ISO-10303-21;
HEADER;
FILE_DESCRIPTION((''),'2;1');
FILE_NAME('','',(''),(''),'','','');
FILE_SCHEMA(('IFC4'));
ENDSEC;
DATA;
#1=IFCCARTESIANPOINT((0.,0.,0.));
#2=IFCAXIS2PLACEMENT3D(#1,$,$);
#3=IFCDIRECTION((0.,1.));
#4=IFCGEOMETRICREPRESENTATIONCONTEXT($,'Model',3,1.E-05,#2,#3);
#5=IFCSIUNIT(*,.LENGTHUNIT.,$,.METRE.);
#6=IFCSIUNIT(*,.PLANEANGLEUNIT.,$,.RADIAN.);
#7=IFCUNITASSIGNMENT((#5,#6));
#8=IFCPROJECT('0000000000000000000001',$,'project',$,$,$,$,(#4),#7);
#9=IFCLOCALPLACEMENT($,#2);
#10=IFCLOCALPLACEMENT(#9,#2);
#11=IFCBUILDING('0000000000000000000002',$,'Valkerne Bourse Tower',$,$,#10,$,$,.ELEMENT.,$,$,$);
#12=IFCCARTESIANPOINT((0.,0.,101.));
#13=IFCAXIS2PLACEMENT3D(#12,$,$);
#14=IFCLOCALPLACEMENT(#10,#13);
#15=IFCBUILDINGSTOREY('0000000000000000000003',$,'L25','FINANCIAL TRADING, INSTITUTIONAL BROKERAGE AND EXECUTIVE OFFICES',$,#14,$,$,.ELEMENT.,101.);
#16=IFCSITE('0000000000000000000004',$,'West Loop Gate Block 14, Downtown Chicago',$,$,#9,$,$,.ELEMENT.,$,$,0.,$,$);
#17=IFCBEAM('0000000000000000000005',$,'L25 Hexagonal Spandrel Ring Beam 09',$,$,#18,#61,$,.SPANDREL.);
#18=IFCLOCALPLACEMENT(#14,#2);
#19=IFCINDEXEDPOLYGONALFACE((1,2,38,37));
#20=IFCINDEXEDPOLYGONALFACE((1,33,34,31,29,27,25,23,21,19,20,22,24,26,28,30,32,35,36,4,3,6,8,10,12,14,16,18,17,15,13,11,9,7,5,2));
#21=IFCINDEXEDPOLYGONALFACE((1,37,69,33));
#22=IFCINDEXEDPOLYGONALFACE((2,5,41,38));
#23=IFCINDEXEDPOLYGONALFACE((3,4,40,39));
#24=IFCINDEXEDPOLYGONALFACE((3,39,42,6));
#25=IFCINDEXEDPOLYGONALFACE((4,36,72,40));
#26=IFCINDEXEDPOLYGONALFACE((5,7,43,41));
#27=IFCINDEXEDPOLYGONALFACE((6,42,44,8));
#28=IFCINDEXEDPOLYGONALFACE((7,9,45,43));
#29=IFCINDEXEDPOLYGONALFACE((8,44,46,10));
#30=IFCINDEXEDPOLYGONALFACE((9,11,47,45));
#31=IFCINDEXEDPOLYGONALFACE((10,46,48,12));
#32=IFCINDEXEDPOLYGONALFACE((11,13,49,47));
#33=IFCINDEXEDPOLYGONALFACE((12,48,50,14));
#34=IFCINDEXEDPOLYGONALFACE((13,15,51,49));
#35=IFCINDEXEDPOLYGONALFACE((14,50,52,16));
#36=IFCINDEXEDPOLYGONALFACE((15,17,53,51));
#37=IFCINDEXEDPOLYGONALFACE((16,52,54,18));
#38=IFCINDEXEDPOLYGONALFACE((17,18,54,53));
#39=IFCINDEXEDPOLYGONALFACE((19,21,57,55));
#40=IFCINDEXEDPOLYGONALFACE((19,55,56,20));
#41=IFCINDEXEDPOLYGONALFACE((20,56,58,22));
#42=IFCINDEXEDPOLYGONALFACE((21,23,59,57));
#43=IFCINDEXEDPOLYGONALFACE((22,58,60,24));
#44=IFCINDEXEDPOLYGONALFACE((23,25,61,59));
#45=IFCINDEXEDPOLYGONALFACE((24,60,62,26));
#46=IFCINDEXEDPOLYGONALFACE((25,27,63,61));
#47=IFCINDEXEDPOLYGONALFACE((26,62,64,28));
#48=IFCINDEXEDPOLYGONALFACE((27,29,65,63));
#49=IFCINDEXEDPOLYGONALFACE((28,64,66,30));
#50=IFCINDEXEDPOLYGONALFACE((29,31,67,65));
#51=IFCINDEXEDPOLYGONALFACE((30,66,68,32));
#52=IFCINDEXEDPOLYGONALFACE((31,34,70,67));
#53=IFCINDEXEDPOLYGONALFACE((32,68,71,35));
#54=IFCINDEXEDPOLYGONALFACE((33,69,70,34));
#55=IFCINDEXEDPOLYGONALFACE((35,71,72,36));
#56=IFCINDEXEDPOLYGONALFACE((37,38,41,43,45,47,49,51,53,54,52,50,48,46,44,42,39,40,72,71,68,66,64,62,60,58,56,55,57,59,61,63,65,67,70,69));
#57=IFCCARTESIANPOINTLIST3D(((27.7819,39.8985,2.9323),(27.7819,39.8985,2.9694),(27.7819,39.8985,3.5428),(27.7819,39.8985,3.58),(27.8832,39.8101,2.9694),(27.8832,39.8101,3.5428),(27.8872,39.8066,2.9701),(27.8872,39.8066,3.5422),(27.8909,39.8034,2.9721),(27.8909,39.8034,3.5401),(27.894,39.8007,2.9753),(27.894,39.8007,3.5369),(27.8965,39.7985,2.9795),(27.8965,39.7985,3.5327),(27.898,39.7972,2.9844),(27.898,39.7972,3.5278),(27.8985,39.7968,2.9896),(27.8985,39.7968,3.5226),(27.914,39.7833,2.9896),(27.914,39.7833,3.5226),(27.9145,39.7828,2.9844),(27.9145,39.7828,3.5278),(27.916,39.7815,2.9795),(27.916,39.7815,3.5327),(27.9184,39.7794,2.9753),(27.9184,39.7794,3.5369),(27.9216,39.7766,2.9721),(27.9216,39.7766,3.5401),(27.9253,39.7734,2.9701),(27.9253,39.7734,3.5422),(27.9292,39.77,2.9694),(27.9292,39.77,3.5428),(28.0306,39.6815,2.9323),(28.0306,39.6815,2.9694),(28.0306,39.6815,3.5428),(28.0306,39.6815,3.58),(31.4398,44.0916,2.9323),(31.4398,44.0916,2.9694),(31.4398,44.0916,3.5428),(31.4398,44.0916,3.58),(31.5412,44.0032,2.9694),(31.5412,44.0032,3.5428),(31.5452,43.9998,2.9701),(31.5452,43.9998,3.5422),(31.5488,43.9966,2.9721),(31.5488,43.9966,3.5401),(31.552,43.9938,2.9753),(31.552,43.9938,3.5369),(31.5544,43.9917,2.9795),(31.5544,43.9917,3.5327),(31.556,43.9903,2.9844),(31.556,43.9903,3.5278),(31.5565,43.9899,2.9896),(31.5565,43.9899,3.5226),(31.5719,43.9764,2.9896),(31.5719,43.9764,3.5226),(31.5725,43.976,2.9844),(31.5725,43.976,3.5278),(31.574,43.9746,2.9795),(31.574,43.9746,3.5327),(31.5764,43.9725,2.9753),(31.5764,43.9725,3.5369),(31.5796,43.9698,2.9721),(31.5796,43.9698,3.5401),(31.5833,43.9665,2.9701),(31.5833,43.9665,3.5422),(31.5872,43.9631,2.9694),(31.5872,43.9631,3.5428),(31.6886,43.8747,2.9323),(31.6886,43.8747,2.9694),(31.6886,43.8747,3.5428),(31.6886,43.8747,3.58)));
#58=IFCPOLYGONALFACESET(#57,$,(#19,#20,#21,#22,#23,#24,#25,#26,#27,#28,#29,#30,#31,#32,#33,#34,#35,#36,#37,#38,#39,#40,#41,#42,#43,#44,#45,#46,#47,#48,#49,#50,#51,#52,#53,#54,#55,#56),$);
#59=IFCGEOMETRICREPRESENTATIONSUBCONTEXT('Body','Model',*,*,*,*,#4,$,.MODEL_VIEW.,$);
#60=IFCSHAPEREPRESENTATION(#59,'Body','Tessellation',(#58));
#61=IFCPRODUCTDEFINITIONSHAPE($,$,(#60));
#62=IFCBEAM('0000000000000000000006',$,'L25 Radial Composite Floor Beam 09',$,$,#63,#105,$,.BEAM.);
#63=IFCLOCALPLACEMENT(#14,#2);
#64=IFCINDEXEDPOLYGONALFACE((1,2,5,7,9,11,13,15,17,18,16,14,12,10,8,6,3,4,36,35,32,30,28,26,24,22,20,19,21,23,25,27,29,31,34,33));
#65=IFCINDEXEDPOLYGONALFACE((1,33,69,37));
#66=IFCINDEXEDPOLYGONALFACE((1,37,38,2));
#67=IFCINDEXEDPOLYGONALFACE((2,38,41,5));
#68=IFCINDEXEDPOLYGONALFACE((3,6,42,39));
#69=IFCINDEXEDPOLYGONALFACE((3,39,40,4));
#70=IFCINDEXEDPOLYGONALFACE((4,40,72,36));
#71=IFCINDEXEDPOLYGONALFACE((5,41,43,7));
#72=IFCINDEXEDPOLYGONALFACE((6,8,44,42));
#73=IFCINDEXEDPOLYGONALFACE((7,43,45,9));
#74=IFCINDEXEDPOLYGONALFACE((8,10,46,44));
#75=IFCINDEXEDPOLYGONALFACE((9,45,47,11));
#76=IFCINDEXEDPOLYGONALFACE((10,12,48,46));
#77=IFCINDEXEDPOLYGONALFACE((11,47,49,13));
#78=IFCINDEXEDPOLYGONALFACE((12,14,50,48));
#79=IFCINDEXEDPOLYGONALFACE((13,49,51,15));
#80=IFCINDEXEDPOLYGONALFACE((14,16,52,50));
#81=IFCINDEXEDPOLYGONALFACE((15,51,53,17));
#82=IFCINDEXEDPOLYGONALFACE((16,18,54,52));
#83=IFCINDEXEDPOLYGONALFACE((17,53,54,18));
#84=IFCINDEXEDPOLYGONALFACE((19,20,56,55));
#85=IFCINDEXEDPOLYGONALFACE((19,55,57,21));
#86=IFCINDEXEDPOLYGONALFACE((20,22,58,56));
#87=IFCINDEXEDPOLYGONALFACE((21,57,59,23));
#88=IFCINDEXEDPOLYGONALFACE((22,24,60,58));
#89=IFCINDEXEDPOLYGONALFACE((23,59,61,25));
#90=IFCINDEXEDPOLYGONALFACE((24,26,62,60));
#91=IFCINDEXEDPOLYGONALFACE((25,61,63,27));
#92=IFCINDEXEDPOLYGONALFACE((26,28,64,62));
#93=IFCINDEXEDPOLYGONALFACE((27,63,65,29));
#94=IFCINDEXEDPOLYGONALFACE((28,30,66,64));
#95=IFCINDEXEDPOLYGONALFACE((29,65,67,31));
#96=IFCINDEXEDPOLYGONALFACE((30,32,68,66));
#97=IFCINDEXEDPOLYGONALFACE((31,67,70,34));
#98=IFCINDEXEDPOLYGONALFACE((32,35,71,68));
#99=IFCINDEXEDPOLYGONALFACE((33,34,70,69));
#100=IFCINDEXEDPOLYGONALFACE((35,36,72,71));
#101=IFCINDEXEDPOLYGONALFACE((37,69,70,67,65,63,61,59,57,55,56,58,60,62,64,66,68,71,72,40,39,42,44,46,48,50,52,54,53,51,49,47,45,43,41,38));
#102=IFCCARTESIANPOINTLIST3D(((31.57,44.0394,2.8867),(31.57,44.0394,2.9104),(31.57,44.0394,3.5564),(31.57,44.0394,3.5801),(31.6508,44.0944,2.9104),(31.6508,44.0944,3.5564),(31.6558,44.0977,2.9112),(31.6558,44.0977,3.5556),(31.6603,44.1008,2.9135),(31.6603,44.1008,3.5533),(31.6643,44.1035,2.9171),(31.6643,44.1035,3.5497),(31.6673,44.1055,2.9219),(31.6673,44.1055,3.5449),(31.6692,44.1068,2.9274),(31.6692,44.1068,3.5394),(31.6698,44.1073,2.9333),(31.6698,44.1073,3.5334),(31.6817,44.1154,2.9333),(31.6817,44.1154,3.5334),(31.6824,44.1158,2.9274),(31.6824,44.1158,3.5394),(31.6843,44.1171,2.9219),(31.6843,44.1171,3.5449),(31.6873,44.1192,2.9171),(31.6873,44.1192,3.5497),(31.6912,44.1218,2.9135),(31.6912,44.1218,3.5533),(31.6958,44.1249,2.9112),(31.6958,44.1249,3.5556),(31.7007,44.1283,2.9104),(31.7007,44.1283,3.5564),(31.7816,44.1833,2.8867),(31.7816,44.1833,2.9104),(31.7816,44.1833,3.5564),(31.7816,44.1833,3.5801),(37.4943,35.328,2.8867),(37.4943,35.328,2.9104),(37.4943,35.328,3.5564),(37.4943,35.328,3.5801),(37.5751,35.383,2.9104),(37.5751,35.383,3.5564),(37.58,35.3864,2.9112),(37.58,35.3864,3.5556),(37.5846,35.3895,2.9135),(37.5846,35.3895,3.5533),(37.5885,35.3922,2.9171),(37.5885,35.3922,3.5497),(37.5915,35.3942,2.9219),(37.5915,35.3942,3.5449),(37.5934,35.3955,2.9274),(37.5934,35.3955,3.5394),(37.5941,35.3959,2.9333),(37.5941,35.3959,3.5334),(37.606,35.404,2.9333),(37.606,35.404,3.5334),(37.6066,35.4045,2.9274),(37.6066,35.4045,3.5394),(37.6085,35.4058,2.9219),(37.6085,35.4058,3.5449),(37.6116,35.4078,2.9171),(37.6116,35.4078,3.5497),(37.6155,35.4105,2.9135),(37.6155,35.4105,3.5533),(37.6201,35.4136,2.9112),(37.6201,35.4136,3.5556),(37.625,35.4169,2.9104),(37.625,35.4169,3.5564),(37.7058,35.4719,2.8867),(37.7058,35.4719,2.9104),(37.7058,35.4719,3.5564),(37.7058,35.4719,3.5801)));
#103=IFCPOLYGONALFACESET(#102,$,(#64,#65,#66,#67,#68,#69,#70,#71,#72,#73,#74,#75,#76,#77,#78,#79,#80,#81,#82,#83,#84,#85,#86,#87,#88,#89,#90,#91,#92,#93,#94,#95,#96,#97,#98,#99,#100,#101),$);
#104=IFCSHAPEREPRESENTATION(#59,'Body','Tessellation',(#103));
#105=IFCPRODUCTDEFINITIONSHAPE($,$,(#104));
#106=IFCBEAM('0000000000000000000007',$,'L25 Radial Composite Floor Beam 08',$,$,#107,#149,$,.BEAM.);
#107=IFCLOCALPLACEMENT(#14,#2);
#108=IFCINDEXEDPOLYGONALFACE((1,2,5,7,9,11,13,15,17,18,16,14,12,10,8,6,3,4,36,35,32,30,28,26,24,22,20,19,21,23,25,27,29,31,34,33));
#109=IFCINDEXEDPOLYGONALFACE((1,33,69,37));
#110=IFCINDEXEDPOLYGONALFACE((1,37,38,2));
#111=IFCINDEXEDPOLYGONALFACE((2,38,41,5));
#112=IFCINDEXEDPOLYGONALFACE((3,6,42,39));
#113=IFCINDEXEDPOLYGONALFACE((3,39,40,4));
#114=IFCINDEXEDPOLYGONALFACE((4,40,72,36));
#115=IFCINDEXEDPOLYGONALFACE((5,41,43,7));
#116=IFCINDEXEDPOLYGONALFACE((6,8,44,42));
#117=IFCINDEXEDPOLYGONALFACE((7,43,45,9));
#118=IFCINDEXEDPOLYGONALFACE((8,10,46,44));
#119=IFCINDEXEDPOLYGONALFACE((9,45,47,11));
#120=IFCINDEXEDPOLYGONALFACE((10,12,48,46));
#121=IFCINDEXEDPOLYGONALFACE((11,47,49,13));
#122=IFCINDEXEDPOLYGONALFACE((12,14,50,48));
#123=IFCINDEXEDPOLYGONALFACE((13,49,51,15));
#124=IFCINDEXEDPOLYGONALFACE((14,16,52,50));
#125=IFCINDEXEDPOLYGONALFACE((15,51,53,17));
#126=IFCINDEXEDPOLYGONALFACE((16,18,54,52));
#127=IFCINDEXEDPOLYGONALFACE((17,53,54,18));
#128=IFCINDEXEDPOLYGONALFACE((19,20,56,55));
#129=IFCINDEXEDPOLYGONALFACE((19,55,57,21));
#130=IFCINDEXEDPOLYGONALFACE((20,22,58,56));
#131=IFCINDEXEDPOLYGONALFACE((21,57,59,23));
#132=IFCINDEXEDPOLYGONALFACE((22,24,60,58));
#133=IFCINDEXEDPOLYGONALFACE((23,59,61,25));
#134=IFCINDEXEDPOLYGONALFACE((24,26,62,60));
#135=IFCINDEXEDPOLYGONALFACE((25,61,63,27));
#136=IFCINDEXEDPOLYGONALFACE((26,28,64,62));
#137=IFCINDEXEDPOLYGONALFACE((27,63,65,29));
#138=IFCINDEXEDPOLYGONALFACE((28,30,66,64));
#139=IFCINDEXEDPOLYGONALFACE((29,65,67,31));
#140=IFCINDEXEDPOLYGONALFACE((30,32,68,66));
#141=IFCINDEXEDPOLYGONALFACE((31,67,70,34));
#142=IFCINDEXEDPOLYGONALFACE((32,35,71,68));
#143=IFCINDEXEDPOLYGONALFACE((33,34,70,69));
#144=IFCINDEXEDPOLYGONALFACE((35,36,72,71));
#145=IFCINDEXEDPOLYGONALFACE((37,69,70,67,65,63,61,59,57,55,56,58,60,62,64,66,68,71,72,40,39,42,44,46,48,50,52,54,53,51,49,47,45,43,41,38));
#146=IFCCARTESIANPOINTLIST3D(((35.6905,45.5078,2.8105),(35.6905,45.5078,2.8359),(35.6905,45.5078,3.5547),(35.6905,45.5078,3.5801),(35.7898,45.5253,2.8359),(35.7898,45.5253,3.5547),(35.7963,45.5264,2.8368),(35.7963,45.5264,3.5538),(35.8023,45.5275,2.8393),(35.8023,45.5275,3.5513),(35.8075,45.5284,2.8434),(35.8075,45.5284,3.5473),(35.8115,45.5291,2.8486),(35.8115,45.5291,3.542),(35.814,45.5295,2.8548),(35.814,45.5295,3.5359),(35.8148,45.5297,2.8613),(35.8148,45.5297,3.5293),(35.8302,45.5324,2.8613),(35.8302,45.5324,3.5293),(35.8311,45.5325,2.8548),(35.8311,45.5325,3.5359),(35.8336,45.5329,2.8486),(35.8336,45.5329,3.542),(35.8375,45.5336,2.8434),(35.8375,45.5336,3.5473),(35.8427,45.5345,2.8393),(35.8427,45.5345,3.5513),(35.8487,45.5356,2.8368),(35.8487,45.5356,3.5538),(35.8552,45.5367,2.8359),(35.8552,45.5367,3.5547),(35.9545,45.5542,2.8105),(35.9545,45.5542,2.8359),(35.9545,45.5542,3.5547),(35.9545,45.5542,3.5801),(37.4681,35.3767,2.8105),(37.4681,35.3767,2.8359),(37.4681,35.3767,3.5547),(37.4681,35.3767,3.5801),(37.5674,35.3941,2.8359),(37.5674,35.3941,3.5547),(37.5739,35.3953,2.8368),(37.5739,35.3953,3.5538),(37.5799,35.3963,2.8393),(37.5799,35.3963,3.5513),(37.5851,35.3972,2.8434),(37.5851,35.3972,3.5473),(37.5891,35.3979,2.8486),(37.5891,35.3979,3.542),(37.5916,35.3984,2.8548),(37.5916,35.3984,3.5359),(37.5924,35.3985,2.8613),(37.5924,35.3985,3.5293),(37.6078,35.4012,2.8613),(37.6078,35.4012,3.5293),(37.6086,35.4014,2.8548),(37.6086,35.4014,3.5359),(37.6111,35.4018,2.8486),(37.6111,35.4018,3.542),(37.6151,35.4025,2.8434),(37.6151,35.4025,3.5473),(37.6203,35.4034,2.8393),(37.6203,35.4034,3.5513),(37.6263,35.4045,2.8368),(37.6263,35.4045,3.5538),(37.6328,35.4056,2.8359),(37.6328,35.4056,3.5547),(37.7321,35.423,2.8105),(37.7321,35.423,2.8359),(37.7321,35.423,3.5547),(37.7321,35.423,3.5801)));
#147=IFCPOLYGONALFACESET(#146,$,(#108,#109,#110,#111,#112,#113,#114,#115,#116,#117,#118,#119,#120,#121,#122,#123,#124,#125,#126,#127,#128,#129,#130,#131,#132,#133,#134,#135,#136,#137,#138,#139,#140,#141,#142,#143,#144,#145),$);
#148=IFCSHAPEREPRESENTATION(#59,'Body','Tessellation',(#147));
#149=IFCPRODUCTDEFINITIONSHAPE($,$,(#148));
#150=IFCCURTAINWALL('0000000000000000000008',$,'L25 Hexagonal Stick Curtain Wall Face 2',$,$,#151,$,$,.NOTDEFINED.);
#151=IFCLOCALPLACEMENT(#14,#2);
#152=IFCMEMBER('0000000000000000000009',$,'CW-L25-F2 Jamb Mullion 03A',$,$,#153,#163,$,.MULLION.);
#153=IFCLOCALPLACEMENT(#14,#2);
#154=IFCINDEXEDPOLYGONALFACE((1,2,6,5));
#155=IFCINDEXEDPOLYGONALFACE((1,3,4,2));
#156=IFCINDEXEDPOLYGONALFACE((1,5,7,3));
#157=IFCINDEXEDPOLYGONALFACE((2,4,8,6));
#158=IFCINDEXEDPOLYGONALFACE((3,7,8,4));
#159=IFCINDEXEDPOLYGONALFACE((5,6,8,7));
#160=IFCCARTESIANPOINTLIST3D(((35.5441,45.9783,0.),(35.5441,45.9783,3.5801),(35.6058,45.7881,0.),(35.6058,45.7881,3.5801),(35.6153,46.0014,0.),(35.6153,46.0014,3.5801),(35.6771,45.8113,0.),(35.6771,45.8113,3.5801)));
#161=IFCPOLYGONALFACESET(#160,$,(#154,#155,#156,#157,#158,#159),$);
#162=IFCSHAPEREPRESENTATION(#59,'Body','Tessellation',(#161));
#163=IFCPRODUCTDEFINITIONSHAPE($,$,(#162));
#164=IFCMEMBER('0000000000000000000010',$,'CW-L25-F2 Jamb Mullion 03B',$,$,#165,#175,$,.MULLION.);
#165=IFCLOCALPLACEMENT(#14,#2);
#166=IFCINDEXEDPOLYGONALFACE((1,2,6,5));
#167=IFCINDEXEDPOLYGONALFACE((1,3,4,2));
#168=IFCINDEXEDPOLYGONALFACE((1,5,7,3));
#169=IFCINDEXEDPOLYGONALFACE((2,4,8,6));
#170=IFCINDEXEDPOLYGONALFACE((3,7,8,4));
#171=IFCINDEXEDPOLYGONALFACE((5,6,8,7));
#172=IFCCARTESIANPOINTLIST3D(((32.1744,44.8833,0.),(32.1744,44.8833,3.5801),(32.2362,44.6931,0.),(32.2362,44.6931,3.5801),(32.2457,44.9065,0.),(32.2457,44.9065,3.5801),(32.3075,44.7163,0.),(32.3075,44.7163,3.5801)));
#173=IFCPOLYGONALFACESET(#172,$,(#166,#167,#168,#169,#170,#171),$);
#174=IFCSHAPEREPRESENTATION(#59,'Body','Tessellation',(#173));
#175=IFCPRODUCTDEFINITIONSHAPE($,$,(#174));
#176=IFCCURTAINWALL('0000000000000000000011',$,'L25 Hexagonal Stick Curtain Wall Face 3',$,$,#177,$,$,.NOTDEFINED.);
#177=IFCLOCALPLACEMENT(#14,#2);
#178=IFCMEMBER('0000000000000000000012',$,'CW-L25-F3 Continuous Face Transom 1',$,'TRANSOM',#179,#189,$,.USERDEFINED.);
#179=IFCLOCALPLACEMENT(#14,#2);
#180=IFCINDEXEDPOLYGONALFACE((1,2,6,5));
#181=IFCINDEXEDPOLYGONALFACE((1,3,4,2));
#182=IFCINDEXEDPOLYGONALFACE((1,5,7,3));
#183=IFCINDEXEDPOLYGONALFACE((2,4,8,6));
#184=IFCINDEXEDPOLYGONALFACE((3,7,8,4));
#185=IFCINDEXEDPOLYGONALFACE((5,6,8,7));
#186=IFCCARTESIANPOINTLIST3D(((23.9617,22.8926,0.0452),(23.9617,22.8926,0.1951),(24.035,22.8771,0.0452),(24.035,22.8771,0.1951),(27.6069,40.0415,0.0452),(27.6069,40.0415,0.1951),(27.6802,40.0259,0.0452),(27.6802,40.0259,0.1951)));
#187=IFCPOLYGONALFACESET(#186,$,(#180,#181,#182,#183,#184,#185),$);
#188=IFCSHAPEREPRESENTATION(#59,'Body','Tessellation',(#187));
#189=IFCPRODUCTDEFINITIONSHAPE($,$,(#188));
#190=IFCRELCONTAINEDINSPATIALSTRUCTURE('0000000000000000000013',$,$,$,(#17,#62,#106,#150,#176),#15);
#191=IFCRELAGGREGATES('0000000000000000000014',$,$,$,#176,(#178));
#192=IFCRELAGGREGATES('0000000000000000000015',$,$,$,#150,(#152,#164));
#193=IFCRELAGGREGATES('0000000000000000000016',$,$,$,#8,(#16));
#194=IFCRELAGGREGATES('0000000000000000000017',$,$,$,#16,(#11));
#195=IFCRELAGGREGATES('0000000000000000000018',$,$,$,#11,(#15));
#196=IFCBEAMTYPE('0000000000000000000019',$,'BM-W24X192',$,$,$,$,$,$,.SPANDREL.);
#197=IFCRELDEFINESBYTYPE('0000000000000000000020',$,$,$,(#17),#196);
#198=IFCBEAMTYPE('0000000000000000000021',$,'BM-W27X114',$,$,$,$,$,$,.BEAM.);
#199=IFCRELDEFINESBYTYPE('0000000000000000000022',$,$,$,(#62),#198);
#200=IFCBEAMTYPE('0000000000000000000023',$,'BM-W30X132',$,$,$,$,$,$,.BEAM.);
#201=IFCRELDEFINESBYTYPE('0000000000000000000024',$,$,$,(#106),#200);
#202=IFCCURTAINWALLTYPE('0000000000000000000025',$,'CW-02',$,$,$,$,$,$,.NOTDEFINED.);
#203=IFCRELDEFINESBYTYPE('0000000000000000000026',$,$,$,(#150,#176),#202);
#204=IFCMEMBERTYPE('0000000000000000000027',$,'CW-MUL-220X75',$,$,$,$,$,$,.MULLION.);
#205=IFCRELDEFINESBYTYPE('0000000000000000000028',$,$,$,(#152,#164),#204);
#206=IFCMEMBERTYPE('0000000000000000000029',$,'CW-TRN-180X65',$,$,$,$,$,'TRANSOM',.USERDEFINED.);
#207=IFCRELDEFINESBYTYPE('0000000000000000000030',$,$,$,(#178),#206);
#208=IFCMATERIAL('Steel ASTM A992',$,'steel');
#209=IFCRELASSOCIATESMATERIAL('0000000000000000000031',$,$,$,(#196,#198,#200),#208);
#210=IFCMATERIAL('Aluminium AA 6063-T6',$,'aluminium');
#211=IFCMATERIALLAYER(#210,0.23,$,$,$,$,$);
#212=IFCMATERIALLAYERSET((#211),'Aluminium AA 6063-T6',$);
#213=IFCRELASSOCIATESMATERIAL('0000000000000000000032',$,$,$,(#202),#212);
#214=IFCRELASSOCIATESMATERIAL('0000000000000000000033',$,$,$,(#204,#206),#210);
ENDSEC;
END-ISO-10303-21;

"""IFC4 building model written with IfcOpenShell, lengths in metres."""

from ifc_helpers import new_model, si_unit, direction, frame, origin, origin_2d, place, context, subcontext, project, spatial, rectangle, i_section, extrude, material, layer, layer_set, material_profile, profile_set, type_object, element, aggregate, save


model = new_model("IFC4")

# Units and contexts
model_context = context("Model", 3, precision=1e-05, world=origin(), true_north=direction((0.0, 1.0)))
body_context = subcontext(model_context, "Body", "Model", "MODEL_VIEW")
ifc_project = project(units=[si_unit("LENGTHUNIT", "METRE"), si_unit("PLANEANGLEUNIT", "RADIAN")], contexts=[model_context])

# Site, building, storey
site_placement = place(None, origin())
site = spatial("IfcSite", under=ifc_project, at=site_placement, Name="West Loop Gate Block 14, Downtown Chicago", CompositionType="ELEMENT", RefElevation=0.0)
building_placement = place(site_placement, origin())
building = spatial("IfcBuilding", under=site, at=building_placement, Name="Valkerne Bourse Tower", CompositionType="ELEMENT")
storey_placement = place(building_placement, frame((0.0, 0.0, 101.0)))
storey = spatial("IfcBuildingStorey", under=building, at=storey_placement, Name="L25", Description="FINANCIAL TRADING, INSTITUTIONAL BROKERAGE AND EXECUTIVE OFFICES", CompositionType="ELEMENT", Elevation=101.0)

# Beams
ifc_material_1 = material(Name="Steel ASTM A992", Category="steel")
ifc_material_profile_1 = material_profile(ifc_material_1, i_section(OverallWidth=0.3301, OverallDepth=0.6477, WebThickness=0.0205, FlangeThickness=0.0371, FilletRadius=0.0203, at=origin_2d()), Name="W24X192")
ifc_profile_set_1 = profile_set([ifc_material_profile_1], Name="Steel ASTM A992")
beam_type_1 = type_object("IfcBeamType", Name="BM-W24X192", PredefinedType="SPANDREL", material=ifc_profile_set_1)
beam_1_placement = place(storey_placement, frame((31.5642, 43.9832, 3.2561), z_axis=(-0.657383, -0.753557, 0.0), x_axis=(0.753557, -0.657383, 0.0)))
element("IfcBeam", 1, at=beam_1_placement, inside=storey, type_object=beam_type_1, Name="L25 Hexagonal Spandrel Ring Beam 09", PredefinedType="SPANDREL", context=body_context, shape_type="SweptSolid", body=[
    extrude(i_section(OverallWidth=0.3301, OverallDepth=0.6477, WebThickness=0.0205, FlangeThickness=0.0371, FilletRadius=0.0203, at=origin_2d()), origin(), (0.0, 0.0, 1.0), 5.5645),
])
ifc_material_profile_2 = material_profile(ifc_material_1, i_section(OverallWidth=0.2559, OverallDepth=0.6934, WebThickness=0.0144, FlangeThickness=0.0237, FilletRadius=0.0229, at=origin_2d()), Name="W27X114")
ifc_profile_set_2 = profile_set([ifc_material_profile_2], Name="Steel ASTM A992")
beam_type_2 = type_object("IfcBeamType", Name="BM-W27X114", PredefinedType="BEAM", material=ifc_profile_set_2)
beam_2_placement = place(storey_placement, frame((31.6758, 44.1113, 3.2334), z_axis=(0.562346, -0.826902, 0.0), x_axis=(0.826902, 0.562346, 0.0)))
element("IfcBeam", 2, at=beam_2_placement, inside=storey, type_object=beam_type_2, Name="L25 Radial Composite Floor Beam 09", PredefinedType="BEAM", context=body_context, shape_type="SweptSolid", body=[
    extrude(i_section(OverallWidth=0.2559, OverallDepth=0.6934, WebThickness=0.0144, FlangeThickness=0.0237, FilletRadius=0.0229, at=origin_2d()), origin(), (0.0, 0.0, 1.0), 10.5349),
])
ifc_material_profile_3 = material_profile(ifc_material_1, i_section(OverallWidth=0.2681, OverallDepth=0.7695, WebThickness=0.0156, FlangeThickness=0.0254, FilletRadius=0.0254, at=origin_2d()), Name="W30X132")
ifc_profile_set_3 = profile_set([ifc_material_profile_3], Name="Steel ASTM A992")
beam_type_3 = type_object("IfcBeamType", Name="BM-W30X132", PredefinedType="BEAM", material=ifc_profile_set_3)
beam_3_placement = place(storey_placement, frame((35.8225, 45.531, 3.1953), z_axis=(0.172818, -0.984954, 0.0), x_axis=(0.984954, 0.172818, 0.0)))
element("IfcBeam", 3, at=beam_3_placement, inside=storey, type_object=beam_type_3, Name="L25 Radial Composite Floor Beam 08", PredefinedType="BEAM", context=body_context, shape_type="SweptSolid", body=[
    extrude(i_section(OverallWidth=0.2681, OverallDepth=0.7695, WebThickness=0.0156, FlangeThickness=0.0254, FilletRadius=0.0254, at=origin_2d()), origin(), (0.0, 0.0, 1.0), 10.2859),
])

# Curtain walls, members
ifc_material_2 = material(Name="Aluminium AA 6063-T6", Category="aluminium")
ifc_layer_1 = layer(ifc_material_2, 0.23)
ifc_layer_set_1 = layer_set([ifc_layer_1], Name="Aluminium AA 6063-T6")
curtain_wall_type = type_object("IfcCurtainWallType", Name="CW-02", PredefinedType="NOTDEFINED", material=ifc_layer_set_1)
curtain_wall_1_placement = place(storey_placement, origin())
curtain_wall_1 = element("IfcCurtainWall", 4, at=curtain_wall_1_placement, inside=storey, type_object=curtain_wall_type, Name="L25 Hexagonal Stick Curtain Wall Face 2", PredefinedType="NOTDEFINED")
ifc_material_profile_4 = material_profile(ifc_material_2, rectangle(XDim=0.075, YDim=0.2, at=origin_2d()), Name="CWM-75X200")
ifc_profile_set_4 = profile_set([ifc_material_profile_4], Name="Aluminium AA 6063-T6")
member_type_1 = type_object("IfcMemberType", Name="CW-MUL-220X75", PredefinedType="MULLION", material=ifc_profile_set_4)
member_1_placement = place(storey_placement, frame((35.6106, 45.8948, 0.0), z_axis=(0.0, 0.0, 1.0), x_axis=(-0.951058, -0.309011, 0.0)))
member_1 = element("IfcMember", 5, at=member_1_placement, type_object=member_type_1, Name="CW-L25-F2 Jamb Mullion 03A", PredefinedType="MULLION", context=body_context, shape_type="SweptSolid", body=[
    extrude(rectangle(XDim=0.075, YDim=0.2, at=origin_2d()), origin(), (0.0, 0.0, 1.0), 3.5801),
])
member_2_placement = place(storey_placement, frame((32.241, 44.7998, 0.0), z_axis=(0.0, 0.0, 1.0), x_axis=(-0.951058, -0.309011, 0.0)))
member_2 = element("IfcMember", 6, at=member_2_placement, type_object=member_type_1, Name="CW-L25-F2 Jamb Mullion 03B", PredefinedType="MULLION", context=body_context, shape_type="SweptSolid", body=[
    extrude(rectangle(XDim=0.075, YDim=0.2, at=origin_2d()), origin(), (0.0, 0.0, 1.0), 3.5801),
])
curtain_wall_2_placement = place(storey_placement, origin())
curtain_wall_2 = element("IfcCurtainWall", 7, at=curtain_wall_2_placement, inside=storey, type_object=curtain_wall_type, Name="L25 Hexagonal Stick Curtain Wall Face 3", PredefinedType="NOTDEFINED")
ifc_material_profile_5 = material_profile(ifc_material_2, rectangle(XDim=0.075, YDim=0.1499, at=origin_2d()), Name="CWT-75X150")
ifc_profile_set_5 = profile_set([ifc_material_profile_5], Name="Aluminium AA 6063-T6")
member_type_2 = type_object("IfcMemberType", Name="CW-TRN-180X65", ElementType="TRANSOM", PredefinedType="USERDEFINED", material=ifc_profile_set_5)
member_3_placement = place(storey_placement, frame((27.6436, 40.0337, 0.1201), z_axis=(-0.20792, -0.978146, 0.0), x_axis=(0.978146, -0.20792, 0.0)))
member_3 = element("IfcMember", 8, at=member_3_placement, type_object=member_type_2, Name="CW-L25-F3 Continuous Face Transom 1", ObjectType="TRANSOM", PredefinedType="USERDEFINED", context=body_context, shape_type="SweptSolid", body=[
    extrude(rectangle(XDim=0.075, YDim=0.1499, at=origin_2d()), origin(), (0.0, 0.0, 1.0), 17.532),
])
aggregate(curtain_wall_2, [member_3])

aggregate(curtain_wall_1, [member_1, member_2])

save(model, "model.ifc")
